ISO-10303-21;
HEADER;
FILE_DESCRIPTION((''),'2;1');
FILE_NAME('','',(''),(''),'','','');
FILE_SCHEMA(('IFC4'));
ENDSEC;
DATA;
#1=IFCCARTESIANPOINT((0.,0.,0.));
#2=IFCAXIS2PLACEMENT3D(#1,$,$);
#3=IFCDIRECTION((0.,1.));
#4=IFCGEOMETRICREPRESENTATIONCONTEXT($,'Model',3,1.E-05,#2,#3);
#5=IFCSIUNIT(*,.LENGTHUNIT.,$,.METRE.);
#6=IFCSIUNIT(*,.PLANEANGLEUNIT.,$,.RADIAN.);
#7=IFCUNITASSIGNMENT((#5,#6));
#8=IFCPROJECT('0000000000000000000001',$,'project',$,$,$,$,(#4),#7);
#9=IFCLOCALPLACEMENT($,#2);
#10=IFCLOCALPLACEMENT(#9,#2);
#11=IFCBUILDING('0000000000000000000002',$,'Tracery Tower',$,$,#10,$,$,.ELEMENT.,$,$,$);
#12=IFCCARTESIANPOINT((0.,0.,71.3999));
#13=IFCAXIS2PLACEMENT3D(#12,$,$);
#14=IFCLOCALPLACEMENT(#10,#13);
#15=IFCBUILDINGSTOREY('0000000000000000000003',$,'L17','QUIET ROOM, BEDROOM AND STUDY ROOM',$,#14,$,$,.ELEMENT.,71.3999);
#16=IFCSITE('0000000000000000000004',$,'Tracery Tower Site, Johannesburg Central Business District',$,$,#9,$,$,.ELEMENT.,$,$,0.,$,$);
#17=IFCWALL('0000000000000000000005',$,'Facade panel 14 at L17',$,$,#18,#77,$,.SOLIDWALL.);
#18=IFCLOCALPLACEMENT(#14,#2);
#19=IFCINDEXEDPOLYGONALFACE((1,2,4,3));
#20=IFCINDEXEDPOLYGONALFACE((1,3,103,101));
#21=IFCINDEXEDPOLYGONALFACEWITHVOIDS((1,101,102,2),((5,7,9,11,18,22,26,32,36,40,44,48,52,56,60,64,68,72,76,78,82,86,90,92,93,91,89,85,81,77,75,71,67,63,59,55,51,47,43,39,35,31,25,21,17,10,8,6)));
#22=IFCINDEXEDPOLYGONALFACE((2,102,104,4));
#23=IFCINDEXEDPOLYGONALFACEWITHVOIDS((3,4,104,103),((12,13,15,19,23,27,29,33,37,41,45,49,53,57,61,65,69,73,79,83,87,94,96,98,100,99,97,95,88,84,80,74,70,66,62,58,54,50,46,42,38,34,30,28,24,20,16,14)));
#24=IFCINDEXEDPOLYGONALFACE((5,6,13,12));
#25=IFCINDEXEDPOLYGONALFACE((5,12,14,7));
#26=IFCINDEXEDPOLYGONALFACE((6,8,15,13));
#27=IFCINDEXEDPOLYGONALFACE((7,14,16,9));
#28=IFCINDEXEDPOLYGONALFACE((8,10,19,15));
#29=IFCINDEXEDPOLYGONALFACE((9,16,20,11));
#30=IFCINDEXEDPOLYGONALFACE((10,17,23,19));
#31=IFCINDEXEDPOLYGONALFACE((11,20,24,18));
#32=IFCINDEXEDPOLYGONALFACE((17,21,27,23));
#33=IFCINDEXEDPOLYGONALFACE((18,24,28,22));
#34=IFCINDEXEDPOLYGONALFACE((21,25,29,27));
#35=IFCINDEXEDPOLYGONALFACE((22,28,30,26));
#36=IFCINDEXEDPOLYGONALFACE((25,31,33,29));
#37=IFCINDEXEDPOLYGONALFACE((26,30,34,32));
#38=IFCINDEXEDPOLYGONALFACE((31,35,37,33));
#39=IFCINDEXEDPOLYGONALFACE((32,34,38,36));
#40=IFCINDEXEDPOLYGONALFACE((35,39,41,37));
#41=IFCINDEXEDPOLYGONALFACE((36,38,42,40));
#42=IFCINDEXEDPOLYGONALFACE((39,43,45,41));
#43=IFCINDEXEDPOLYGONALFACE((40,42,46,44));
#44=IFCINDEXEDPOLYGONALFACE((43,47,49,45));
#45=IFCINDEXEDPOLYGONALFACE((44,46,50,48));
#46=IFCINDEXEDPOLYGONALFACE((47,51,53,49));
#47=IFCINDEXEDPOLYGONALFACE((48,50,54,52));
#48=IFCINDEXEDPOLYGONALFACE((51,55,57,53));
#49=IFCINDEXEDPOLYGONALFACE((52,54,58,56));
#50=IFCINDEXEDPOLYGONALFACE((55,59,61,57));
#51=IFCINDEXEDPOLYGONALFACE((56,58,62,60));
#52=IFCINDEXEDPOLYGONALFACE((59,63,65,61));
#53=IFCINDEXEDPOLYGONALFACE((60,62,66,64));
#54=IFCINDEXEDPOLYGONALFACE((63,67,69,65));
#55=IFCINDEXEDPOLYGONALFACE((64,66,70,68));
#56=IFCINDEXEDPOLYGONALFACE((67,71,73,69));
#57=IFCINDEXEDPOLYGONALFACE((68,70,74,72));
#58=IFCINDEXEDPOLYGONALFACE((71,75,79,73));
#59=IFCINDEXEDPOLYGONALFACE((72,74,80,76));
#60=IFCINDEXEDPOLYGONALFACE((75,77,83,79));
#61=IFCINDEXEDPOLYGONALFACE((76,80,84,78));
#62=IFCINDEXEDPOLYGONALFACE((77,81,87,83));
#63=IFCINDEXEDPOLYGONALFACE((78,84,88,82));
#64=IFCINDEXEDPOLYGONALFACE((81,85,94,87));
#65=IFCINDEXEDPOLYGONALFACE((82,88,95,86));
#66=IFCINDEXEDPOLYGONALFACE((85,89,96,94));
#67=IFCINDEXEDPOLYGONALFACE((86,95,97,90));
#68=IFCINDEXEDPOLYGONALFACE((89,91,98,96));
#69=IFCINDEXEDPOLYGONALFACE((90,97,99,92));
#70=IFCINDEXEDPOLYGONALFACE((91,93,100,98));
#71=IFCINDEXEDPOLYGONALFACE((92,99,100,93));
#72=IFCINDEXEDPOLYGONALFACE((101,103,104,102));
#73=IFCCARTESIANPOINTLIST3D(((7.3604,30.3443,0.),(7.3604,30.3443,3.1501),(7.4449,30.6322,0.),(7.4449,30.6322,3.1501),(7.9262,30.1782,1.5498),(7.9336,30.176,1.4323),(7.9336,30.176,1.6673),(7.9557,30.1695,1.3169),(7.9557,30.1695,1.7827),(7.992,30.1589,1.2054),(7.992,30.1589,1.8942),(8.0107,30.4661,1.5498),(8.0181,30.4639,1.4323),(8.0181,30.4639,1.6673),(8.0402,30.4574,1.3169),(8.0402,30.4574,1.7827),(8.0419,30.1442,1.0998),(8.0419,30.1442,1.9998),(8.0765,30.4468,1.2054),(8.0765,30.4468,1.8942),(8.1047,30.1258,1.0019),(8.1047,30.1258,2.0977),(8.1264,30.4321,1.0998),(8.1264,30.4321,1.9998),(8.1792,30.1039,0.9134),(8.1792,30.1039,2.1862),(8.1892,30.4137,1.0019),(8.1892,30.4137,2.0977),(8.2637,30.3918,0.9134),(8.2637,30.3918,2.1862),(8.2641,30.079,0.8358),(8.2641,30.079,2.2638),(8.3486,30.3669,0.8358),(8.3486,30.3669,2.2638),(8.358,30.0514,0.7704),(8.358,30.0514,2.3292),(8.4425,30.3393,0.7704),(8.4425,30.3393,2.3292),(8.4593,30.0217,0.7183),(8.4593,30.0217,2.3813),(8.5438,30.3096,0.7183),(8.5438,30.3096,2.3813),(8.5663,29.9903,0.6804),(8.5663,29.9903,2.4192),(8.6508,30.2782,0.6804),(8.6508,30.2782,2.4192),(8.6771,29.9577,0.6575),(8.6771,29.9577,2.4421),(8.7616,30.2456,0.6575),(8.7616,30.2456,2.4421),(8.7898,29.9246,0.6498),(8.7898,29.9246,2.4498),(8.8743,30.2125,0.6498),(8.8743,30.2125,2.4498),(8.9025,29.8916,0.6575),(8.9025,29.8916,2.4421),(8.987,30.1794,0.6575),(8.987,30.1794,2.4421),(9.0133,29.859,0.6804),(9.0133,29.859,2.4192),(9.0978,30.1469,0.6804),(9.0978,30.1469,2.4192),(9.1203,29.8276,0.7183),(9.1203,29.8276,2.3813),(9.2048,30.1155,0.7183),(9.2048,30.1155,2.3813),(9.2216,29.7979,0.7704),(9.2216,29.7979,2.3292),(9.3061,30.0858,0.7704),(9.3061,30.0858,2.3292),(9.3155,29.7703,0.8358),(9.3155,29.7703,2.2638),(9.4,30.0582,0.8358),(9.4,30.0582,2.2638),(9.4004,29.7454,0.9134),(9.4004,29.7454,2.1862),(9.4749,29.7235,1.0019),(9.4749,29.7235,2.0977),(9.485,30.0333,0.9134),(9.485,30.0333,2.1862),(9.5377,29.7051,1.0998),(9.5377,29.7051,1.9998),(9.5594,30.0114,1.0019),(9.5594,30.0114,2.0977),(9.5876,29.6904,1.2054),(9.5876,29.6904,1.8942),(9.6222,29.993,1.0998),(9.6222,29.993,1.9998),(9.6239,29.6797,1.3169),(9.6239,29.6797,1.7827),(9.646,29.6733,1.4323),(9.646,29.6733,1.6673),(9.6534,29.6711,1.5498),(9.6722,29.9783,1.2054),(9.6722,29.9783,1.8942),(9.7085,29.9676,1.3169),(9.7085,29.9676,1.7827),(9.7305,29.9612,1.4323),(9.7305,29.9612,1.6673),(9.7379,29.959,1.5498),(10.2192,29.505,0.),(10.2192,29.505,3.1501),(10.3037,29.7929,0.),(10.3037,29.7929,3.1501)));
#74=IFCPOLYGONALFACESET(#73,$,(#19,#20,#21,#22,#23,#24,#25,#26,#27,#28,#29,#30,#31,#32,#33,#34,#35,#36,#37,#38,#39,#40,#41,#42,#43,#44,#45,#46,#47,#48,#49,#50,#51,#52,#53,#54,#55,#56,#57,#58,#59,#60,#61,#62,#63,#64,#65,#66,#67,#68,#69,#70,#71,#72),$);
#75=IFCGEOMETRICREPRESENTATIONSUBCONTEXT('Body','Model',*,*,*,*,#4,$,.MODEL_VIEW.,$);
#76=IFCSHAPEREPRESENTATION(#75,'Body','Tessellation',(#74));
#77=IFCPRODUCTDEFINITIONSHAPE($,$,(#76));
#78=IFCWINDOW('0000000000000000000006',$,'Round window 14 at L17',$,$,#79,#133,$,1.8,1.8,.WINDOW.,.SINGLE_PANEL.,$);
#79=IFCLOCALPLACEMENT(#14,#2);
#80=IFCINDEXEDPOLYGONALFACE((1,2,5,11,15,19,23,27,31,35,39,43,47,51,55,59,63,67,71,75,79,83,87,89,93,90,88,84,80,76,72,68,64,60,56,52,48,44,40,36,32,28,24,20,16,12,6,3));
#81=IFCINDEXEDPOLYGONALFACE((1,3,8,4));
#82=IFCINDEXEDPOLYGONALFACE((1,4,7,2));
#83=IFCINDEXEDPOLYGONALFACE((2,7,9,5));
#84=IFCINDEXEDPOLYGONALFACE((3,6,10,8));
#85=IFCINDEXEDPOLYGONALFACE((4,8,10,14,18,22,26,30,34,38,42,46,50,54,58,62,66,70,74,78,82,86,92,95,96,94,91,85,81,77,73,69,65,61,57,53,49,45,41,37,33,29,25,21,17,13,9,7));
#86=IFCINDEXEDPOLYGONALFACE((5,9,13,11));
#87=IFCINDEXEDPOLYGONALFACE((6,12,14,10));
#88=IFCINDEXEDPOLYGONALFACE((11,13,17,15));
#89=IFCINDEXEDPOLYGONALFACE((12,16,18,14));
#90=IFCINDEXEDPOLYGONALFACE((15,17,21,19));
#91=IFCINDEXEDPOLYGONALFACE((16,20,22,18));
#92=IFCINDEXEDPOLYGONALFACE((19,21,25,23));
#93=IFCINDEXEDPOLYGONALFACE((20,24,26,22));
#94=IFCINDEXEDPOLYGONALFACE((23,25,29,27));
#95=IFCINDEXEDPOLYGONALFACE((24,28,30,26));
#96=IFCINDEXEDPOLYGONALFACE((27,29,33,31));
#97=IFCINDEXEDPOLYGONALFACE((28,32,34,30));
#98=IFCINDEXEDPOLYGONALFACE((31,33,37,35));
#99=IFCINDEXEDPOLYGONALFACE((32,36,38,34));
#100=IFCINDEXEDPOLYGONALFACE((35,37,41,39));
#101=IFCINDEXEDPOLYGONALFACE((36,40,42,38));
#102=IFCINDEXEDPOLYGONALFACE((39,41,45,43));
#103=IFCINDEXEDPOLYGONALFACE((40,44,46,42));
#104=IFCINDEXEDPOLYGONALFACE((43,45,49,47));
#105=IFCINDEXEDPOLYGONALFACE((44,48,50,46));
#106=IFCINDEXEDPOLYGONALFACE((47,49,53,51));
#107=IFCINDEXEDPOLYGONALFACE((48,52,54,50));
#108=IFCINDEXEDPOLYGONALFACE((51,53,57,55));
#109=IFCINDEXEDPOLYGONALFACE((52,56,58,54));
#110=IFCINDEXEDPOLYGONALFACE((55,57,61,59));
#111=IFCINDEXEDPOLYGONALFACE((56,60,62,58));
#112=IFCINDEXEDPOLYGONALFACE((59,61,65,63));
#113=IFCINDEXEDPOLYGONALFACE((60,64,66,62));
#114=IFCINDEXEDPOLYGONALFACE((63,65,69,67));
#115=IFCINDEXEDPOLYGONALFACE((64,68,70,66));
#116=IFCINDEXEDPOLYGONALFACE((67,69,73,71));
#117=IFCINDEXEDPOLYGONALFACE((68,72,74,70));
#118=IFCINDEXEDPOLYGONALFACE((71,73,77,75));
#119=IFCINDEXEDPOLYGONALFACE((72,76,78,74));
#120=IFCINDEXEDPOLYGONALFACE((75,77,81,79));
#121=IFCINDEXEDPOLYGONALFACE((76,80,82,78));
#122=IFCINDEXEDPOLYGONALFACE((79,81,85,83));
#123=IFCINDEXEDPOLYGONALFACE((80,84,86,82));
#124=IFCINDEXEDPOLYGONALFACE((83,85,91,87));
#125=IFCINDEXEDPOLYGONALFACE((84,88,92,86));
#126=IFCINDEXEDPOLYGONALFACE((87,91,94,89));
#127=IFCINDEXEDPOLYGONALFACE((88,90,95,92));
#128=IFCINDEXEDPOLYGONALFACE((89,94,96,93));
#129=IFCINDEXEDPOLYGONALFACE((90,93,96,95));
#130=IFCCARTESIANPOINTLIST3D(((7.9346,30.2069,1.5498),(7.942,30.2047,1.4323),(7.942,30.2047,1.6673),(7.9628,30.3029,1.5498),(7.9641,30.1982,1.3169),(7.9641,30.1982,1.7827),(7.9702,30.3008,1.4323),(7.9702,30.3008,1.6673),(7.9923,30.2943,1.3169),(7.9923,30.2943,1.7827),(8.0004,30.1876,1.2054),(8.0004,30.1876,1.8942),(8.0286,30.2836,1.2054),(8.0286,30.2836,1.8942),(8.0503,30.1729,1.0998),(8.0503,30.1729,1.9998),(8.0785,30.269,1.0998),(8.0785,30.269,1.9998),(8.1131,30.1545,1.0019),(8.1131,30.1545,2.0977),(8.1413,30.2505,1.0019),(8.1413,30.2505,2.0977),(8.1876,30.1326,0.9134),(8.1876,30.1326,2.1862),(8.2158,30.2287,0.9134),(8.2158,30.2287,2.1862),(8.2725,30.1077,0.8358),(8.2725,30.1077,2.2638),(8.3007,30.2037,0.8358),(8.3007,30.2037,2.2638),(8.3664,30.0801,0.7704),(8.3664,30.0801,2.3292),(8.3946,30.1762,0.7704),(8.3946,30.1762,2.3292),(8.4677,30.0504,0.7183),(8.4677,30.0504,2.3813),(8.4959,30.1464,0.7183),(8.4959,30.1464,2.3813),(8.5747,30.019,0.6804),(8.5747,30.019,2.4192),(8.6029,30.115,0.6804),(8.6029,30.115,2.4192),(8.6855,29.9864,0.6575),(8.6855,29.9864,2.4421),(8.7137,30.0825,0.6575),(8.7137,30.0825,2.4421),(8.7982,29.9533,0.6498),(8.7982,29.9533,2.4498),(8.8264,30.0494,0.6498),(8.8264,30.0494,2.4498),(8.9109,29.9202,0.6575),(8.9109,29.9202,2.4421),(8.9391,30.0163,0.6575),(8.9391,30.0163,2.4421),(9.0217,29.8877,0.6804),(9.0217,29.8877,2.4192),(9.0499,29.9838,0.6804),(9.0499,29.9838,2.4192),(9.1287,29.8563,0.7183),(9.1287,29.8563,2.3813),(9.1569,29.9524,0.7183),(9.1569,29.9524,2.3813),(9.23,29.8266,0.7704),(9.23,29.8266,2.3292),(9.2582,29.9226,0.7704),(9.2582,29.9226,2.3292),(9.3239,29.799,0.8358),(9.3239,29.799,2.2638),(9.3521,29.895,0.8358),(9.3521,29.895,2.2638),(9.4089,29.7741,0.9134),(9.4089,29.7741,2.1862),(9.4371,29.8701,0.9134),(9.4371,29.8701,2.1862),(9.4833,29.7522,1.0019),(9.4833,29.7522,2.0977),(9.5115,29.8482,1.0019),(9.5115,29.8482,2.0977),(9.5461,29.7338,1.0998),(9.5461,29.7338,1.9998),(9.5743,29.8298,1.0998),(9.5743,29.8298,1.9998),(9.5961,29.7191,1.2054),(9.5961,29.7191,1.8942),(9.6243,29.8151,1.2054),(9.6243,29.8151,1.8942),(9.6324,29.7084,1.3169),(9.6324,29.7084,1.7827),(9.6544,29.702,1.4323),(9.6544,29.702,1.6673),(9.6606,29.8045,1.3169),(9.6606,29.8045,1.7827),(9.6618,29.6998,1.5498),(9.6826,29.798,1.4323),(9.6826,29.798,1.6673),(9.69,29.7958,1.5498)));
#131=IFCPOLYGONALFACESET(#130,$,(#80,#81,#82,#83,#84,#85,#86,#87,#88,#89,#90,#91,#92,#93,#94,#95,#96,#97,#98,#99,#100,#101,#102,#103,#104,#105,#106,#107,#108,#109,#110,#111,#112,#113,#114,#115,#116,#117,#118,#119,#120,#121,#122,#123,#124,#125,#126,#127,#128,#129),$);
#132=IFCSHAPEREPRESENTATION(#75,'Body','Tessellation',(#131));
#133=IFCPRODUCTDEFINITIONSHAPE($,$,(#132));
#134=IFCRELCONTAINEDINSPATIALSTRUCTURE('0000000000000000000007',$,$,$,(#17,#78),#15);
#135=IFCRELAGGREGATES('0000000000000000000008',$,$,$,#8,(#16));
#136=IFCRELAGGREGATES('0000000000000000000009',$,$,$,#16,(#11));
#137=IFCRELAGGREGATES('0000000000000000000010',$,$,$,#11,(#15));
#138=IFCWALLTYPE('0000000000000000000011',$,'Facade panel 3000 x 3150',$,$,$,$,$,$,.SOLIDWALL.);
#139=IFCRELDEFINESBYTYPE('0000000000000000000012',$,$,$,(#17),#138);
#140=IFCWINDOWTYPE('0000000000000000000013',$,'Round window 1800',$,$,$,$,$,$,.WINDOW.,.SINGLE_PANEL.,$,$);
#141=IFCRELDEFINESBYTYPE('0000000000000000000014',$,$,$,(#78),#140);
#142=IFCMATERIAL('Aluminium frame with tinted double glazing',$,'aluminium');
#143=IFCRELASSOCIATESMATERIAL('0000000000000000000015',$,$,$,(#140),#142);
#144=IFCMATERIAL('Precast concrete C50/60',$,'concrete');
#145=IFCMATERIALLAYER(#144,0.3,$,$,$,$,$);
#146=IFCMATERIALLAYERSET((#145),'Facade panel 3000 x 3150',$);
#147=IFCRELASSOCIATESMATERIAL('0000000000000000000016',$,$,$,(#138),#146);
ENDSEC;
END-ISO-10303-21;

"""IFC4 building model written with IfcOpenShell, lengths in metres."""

from ifc_helpers import new_model, si_unit, direction, frame, frame_2d, origin, origin_2d, place, context, subcontext, project, spatial, rectangle, circle, extrude, material, layer, layer_set, type_object, element, fill, save


model = new_model("IFC4")

# Units and contexts
model_context = context("Model", 3, precision=1e-05, world=origin(), true_north=direction((0.0, 1.0)))
body_context = subcontext(model_context, "Body", "Model", "MODEL_VIEW")
ifc_project = project(units=[si_unit("LENGTHUNIT", "METRE"), si_unit("PLANEANGLEUNIT", "RADIAN")], contexts=[model_context])

# Site, building, storey
site_placement = place(None, origin())
site = spatial("IfcSite", under=ifc_project, at=site_placement, Name="Tracery Tower Site, Johannesburg Central Business District", CompositionType="ELEMENT", RefElevation=0.0)
building_placement = place(site_placement, origin())
building = spatial("IfcBuilding", under=site, at=building_placement, Name="Tracery Tower", CompositionType="ELEMENT")
storey_placement = place(building_placement, frame((0.0, 0.0, 71.3999)))
storey = spatial("IfcBuildingStorey", under=building, at=storey_placement, Name="L17", Description="QUIET ROOM, BEDROOM AND STUDY ROOM", CompositionType="ELEMENT", Elevation=71.3999)

# Wall, opening, window
ifc_material_1 = material(Name="Aluminium frame with tinted double glazing", Category="aluminium")
window_type = type_object("IfcWindowType", Name="Round window 1800", PartitioningType="SINGLE_PANEL", PredefinedType="WINDOW", material=ifc_material_1)
ifc_material_2 = material(Name="Precast concrete C50/60", Category="concrete")
ifc_layer_1 = layer(ifc_material_2, 0.3)
ifc_layer_set_1 = layer_set([ifc_layer_1], Name="Facade panel 3000 x 3150")
wall_type_1 = type_object("IfcWallType", Name="Facade panel 3000 x 3150", PredefinedType="SOLIDWALL", material=ifc_layer_set_1)
wall_1_placement = place(storey_placement, frame((10.2615, 29.6489, 0.0), z_axis=(0.0, 0.0, 1.0), x_axis=(-0.959501, 0.281705, 0.0)))
wall_1 = element("IfcWall", 1, at=wall_1_placement, inside=storey, type_object=wall_type_1, Name="Facade panel 14 at L17", PredefinedType="SOLIDWALL", context=body_context, shape_type="SweptSolid", body=[
    extrude(rectangle(XDim=2.9795, YDim=0.3, at=frame_2d((1.4897, 0.0))), origin(), (0.0, 0.0, 1.0), 3.1501),
])
opening_1_placement = place(wall_1_placement, frame((1.4897, 0.0, 1.5498)))
opening_1 = element("IfcOpeningElement", 2, at=opening_1_placement, cuts=wall_1, PredefinedType="OPENING", context=body_context, shape_type="SweptSolid", body=[
    extrude(circle(Radius=0.9, at=origin_2d()), frame((0.0, 0.1599, 0.0), z_axis=(0.0, -1.0, 0.0), x_axis=(1.0, 0.0, 0.0)), (0.0, 0.0, 1.0), 0.3201),
])
window_1_placement = place(opening_1_placement, origin())
window_1 = element("IfcWindow", 3, at=window_1_placement, inside=storey, type_object=window_type, Name="Round window 14 at L17", OverallHeight=1.8, OverallWidth=1.8, PartitioningType="SINGLE_PANEL", PredefinedType="WINDOW", context=body_context, shape_type="SweptSolid", body=[
    extrude(circle(Radius=0.9, at=origin_2d()), frame((0.0, 0.1201, 0.0), z_axis=(0.0, -1.0, 0.0), x_axis=(1.0, 0.0, 0.0)), (0.0, 0.0, 1.0), 0.1001),
])
fill(opening_1, window_1)

save(model, "model.ifc")
